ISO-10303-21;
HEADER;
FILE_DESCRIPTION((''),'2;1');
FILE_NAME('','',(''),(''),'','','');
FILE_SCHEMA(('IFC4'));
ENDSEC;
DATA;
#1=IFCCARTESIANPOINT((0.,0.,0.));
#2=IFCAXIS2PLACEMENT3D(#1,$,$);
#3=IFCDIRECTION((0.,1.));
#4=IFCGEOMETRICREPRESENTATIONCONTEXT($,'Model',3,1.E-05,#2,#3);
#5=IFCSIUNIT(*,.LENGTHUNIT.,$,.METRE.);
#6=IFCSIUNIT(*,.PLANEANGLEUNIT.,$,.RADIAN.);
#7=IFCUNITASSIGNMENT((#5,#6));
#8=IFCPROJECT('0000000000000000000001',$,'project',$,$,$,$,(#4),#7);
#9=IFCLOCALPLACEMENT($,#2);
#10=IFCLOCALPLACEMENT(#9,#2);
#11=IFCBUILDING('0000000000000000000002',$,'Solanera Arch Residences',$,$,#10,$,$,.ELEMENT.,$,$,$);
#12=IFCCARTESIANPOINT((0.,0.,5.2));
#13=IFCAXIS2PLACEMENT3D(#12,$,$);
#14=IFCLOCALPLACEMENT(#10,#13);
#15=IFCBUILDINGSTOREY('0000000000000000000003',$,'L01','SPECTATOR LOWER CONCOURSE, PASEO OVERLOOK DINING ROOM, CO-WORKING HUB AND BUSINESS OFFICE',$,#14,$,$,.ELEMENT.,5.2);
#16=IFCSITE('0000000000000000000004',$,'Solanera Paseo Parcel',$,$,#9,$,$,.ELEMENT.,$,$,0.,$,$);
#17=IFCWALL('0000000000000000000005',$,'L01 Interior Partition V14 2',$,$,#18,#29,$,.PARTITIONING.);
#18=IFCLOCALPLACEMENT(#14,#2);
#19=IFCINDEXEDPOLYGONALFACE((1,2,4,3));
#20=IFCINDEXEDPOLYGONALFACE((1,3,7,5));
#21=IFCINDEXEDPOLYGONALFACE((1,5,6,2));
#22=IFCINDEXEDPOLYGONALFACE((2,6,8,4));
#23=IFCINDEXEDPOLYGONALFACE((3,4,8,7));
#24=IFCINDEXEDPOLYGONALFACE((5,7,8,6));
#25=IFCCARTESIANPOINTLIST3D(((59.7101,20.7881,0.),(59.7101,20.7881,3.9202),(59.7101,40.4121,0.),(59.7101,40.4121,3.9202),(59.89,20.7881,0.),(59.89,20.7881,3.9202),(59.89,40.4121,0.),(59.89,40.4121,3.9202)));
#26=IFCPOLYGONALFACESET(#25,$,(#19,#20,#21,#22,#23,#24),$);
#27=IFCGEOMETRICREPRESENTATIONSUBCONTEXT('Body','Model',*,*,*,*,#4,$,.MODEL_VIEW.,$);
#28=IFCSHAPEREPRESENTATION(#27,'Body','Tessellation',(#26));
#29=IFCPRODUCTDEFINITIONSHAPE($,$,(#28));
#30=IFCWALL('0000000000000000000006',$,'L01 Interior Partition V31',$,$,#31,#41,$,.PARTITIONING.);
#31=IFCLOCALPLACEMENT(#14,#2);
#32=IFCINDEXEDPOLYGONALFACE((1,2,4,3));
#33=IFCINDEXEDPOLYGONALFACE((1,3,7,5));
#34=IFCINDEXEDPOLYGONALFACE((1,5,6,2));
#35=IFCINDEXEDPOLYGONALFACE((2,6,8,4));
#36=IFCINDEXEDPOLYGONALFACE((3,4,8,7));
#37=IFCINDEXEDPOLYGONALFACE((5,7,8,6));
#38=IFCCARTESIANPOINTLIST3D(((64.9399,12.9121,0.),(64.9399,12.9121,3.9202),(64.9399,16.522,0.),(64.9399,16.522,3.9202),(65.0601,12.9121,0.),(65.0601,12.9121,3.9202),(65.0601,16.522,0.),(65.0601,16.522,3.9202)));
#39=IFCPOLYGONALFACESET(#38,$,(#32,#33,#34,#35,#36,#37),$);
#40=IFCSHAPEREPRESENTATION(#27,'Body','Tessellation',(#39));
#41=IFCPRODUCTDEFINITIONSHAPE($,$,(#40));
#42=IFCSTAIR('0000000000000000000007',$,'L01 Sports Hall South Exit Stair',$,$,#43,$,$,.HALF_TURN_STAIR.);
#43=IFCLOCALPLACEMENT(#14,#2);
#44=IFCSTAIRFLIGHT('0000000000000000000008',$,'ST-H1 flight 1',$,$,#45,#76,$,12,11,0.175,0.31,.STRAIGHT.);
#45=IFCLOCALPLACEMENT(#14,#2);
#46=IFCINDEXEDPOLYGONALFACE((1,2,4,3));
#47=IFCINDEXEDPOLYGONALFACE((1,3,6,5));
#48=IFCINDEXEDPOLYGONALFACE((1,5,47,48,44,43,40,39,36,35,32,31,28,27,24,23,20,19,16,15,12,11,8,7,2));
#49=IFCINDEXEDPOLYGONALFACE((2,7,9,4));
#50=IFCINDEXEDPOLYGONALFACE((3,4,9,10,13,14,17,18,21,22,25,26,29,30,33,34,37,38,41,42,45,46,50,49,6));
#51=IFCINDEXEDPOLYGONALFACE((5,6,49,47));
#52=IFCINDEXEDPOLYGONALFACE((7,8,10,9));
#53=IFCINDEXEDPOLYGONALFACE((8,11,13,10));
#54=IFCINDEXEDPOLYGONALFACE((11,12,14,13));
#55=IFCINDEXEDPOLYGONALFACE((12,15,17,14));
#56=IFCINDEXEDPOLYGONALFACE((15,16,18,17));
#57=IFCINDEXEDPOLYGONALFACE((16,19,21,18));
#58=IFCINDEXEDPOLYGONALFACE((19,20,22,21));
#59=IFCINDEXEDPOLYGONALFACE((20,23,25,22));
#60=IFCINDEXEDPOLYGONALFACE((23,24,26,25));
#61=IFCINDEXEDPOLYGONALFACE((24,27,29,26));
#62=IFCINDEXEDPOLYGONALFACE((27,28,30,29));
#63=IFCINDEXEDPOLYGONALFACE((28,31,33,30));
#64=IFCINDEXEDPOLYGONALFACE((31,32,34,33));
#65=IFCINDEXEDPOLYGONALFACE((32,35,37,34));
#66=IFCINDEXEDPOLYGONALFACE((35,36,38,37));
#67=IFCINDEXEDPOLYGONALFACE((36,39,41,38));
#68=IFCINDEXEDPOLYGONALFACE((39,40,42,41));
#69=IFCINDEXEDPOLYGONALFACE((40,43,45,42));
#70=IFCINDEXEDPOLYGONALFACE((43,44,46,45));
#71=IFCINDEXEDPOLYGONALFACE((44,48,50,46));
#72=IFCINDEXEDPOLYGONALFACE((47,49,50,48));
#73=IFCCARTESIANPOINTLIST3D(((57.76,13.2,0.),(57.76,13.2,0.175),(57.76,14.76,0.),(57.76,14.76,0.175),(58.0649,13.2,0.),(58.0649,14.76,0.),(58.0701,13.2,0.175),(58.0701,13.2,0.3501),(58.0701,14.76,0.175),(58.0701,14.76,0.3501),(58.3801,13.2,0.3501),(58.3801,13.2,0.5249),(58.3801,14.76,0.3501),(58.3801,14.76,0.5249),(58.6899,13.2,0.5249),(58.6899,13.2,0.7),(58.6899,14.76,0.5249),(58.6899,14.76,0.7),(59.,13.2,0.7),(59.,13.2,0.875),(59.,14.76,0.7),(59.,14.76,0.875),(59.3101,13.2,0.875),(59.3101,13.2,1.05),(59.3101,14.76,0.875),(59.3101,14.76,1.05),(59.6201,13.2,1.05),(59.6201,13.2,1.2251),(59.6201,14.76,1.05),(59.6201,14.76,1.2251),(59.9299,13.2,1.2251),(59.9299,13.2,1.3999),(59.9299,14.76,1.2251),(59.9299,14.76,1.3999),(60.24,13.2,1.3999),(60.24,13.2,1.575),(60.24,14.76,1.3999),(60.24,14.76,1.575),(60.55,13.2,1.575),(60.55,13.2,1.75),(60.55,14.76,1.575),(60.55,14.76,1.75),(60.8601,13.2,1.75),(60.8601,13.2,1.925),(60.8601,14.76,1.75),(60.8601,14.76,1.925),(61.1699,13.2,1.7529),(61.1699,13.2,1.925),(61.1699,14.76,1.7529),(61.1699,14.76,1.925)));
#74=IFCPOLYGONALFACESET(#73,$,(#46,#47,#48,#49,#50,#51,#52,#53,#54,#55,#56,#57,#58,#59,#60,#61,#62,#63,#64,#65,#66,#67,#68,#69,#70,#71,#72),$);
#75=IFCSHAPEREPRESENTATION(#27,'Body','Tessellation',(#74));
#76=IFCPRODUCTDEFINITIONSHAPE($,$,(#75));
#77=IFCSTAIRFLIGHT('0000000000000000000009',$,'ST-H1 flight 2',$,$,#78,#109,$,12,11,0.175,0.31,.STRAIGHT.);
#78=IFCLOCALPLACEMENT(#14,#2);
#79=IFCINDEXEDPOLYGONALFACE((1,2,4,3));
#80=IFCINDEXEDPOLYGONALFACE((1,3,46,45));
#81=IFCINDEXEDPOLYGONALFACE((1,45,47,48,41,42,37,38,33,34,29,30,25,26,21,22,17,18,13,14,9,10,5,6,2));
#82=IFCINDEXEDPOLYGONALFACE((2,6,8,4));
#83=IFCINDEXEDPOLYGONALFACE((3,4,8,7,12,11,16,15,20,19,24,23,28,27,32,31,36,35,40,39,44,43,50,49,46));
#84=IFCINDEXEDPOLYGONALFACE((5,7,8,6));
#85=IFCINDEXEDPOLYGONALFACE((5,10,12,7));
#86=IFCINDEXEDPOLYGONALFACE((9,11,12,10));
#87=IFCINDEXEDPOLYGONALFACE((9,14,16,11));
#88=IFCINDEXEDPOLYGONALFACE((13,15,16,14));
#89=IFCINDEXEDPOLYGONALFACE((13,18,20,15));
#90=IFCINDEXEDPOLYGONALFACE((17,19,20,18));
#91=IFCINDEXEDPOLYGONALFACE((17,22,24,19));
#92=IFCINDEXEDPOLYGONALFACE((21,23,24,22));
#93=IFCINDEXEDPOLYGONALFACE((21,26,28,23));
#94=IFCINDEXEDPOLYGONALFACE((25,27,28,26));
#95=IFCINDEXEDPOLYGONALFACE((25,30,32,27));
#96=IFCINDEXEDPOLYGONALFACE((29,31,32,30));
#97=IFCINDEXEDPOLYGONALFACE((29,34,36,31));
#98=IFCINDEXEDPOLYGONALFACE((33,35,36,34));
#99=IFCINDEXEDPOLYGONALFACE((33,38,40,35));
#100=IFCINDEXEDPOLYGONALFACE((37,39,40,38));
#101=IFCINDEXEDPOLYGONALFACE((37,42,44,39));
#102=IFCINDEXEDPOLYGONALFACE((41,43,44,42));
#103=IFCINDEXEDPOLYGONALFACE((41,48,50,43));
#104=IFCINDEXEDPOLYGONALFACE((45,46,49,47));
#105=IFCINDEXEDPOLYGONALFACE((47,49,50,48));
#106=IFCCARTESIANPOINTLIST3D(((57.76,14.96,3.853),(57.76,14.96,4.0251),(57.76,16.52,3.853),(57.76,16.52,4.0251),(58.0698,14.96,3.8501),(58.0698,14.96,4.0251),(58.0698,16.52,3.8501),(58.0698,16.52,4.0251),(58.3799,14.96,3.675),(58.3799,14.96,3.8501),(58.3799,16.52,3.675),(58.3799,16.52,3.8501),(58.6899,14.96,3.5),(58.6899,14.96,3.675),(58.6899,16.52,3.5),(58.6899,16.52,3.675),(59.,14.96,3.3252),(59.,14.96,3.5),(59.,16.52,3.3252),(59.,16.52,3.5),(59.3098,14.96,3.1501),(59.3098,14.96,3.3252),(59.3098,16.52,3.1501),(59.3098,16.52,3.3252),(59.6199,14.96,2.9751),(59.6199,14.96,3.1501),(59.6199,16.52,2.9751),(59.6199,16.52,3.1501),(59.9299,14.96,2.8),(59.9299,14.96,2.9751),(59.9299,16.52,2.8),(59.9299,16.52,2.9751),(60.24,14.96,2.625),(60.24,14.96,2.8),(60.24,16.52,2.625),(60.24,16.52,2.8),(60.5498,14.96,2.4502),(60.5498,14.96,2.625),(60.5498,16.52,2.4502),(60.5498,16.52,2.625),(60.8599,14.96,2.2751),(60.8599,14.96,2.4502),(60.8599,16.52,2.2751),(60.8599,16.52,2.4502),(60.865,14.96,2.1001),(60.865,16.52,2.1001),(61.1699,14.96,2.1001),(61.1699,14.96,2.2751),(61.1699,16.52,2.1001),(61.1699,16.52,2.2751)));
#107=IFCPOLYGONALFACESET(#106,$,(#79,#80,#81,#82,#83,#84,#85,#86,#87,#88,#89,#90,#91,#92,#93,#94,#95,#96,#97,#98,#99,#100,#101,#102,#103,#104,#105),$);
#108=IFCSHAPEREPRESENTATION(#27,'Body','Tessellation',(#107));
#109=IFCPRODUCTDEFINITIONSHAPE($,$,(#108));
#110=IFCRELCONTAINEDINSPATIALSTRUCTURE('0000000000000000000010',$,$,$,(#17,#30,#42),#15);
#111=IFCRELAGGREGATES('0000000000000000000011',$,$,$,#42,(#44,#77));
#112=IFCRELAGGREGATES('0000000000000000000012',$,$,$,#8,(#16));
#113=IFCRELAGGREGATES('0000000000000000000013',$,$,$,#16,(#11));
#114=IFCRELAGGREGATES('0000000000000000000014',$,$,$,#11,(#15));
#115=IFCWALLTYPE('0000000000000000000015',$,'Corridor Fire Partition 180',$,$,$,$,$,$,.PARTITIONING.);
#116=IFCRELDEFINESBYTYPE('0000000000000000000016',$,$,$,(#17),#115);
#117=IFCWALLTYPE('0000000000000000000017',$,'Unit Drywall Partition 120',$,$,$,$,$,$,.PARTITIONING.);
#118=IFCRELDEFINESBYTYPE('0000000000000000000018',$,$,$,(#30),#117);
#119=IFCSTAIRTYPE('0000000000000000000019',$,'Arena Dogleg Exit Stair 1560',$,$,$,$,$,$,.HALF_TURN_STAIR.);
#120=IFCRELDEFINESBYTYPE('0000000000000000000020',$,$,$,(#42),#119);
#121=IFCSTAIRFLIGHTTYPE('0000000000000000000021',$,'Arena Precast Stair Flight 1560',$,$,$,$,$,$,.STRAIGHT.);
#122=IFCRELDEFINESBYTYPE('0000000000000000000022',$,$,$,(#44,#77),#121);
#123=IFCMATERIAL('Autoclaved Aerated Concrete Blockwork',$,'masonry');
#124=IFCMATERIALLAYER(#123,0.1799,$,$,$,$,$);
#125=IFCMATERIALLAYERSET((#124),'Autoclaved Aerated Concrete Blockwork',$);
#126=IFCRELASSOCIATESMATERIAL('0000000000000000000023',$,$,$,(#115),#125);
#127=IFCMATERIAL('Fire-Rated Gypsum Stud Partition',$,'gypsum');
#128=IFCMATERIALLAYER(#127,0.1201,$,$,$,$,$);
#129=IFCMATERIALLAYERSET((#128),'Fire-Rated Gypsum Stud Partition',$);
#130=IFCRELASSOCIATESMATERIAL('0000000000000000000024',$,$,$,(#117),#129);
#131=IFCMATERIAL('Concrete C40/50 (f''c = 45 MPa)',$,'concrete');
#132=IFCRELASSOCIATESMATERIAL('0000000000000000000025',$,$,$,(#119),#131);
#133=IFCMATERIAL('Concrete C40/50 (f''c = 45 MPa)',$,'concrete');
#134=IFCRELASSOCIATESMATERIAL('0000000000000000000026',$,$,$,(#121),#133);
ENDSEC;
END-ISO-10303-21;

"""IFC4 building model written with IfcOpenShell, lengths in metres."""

from ifc_helpers import new_model, si_unit, direction, frame, frame_2d, origin, place, context, subcontext, project, spatial, polyline, rectangle, outline, extrude, material, layer, layer_set, type_object, element, aggregate, save


model = new_model("IFC4")

# Units and contexts
model_context = context("Model", 3, precision=1e-05, world=origin(), true_north=direction((0.0, 1.0)))
body_context = subcontext(model_context, "Body", "Model", "MODEL_VIEW")
ifc_project = project(units=[si_unit("LENGTHUNIT", "METRE"), si_unit("PLANEANGLEUNIT", "RADIAN")], contexts=[model_context])

# Site, building, storey
site_placement = place(None, origin())
site = spatial("IfcSite", under=ifc_project, at=site_placement, Name="Solanera Paseo Parcel", CompositionType="ELEMENT", RefElevation=0.0)
building_placement = place(site_placement, origin())
building = spatial("IfcBuilding", under=site, at=building_placement, Name="Solanera Arch Residences", CompositionType="ELEMENT")
storey_placement = place(building_placement, frame((0.0, 0.0, 5.2)))
storey = spatial("IfcBuildingStorey", under=building, at=storey_placement, Name="L01", Description="SPECTATOR LOWER CONCOURSE, PASEO OVERLOOK DINING ROOM, CO-WORKING HUB AND BUSINESS OFFICE", CompositionType="ELEMENT", Elevation=5.2)

# Shared definitions
ifc_material_1 = material(Name="Autoclaved Aerated Concrete Blockwork", Category="masonry")
ifc_layer_1 = layer(ifc_material_1, 0.1799)
ifc_layer_set_1 = layer_set([ifc_layer_1], Name="Autoclaved Aerated Concrete Blockwork")
wall_type_1 = type_object("IfcWallType", Name="Corridor Fire Partition 180", PredefinedType="PARTITIONING", material=ifc_layer_set_1)

# Walls
wall_1_placement = place(storey_placement, frame((59.8, 20.7881, 0.0), z_axis=(0.0, 0.0, 1.0), x_axis=(0.0, 1.0, 0.0)))
element("IfcWall", 1, at=wall_1_placement, inside=storey, type_object=wall_type_1, Name="L01 Interior Partition V14 2", PredefinedType="PARTITIONING", context=body_context, shape_type="SweptSolid", body=[
    extrude(rectangle(XDim=19.624, YDim=0.1799, at=frame_2d((9.812, 0.0))), origin(), (0.0, 0.0, 1.0), 3.9202),
])
ifc_material_2 = material(Name="Fire-Rated Gypsum Stud Partition", Category="gypsum")
ifc_layer_2 = layer(ifc_material_2, 0.1201)
ifc_layer_set_2 = layer_set([ifc_layer_2], Name="Fire-Rated Gypsum Stud Partition")
wall_type_2 = type_object("IfcWallType", Name="Unit Drywall Partition 120", PredefinedType="PARTITIONING", material=ifc_layer_set_2)
wall_2_placement = place(storey_placement, frame((65.0, 12.9121, 0.0), z_axis=(0.0, 0.0, 1.0), x_axis=(0.0, 1.0, 0.0)))
element("IfcWall", 2, at=wall_2_placement, inside=storey, type_object=wall_type_2, Name="L01 Interior Partition V31", PredefinedType="PARTITIONING", context=body_context, shape_type="SweptSolid", body=[
    extrude(rectangle(XDim=3.6099, YDim=0.1201, at=frame_2d((1.8049, 0.0))), origin(), (0.0, 0.0, 1.0), 3.9202),
])

# Stair, stair flights
ifc_material_3 = material(Name="Concrete C40/50 (f'c = 45 MPa)", Category="concrete")
stair_type = type_object("IfcStairType", Name="Arena Dogleg Exit Stair 1560", PredefinedType="HALF_TURN_STAIR", material=ifc_material_3)
stair_placement = place(storey_placement, origin())
stair = element("IfcStair", 3, at=stair_placement, inside=storey, type_object=stair_type, Name="L01 Sports Hall South Exit Stair", PredefinedType="HALF_TURN_STAIR")
ifc_material_4 = material(Name="Concrete C40/50 (f'c = 45 MPa)", Category="concrete")
stair_flight_type = type_object("IfcStairFlightType", Name="Arena Precast Stair Flight 1560", PredefinedType="STRAIGHT", material=ifc_material_4)
stair_flight_1_placement = place(storey_placement, frame((57.76, 13.98, 0.0), z_axis=(0.0, 0.0, 1.0), x_axis=(1.0, 0.0, 0.0)))
stair_flight_1 = element("IfcStairFlight", 4, at=stair_flight_1_placement, type_object=stair_flight_type, Name="ST-H1 flight 1", NumberOfRisers=12, NumberOfTreads=11, PredefinedType="STRAIGHT", RiserHeight=0.175, TreadLength=0.31, context=body_context, shape_type="SweptSolid", body=[
    extrude(outline(polyline([(0.0, 0.0), (0.0, 0.175), (0.3101, 0.175), (0.3101, 0.3501), (0.6201, 0.3501), (0.6201, 0.5249), (0.9299, 0.5249), (0.9299, 0.7), (1.24, 0.7), (1.24, 0.875), (1.55, 0.875), (1.55, 1.05), (1.8601, 1.05), (1.8601, 1.2251), (2.1699, 1.2251), (2.1699, 1.3999), (2.48, 1.3999), (2.48, 1.575), (2.79, 1.575), (2.79, 1.75), (3.1001, 1.75), (3.1001, 1.925), (3.4099, 1.925), (3.4099, 2.1001), (3.4099, 1.7529), (0.3049, 0.0), (0.0, 0.0)])), frame((0.0, 0.78, 0.0), z_axis=(0.0, -1.0, 0.0), x_axis=(1.0, 0.0, 0.0)), (0.0, 0.0, 1.0), 1.5601),
])
stair_flight_2_placement = place(storey_placement, frame((61.1699, 15.74, 2.1001), z_axis=(0.0, 0.0, 1.0), x_axis=(-1.0, 0.0, 0.0)))
stair_flight_2 = element("IfcStairFlight", 5, at=stair_flight_2_placement, type_object=stair_flight_type, Name="ST-H1 flight 2", NumberOfRisers=12, NumberOfTreads=11, PredefinedType="STRAIGHT", RiserHeight=0.175, TreadLength=0.31, context=body_context, shape_type="SweptSolid", body=[
    extrude(outline(polyline([(0.0, 0.0), (0.0, 0.175), (0.3101, 0.175), (0.3101, 0.3501), (0.6201, 0.3501), (0.6201, 0.5249), (0.9299, 0.5249), (0.9299, 0.7), (1.24, 0.7), (1.24, 0.875), (1.55, 0.875), (1.55, 1.05), (1.8601, 1.05), (1.8601, 1.2251), (2.1699, 1.2251), (2.1699, 1.3999), (2.48, 1.3999), (2.48, 1.575), (2.79, 1.575), (2.79, 1.75), (3.1001, 1.75), (3.1001, 1.925), (3.4099, 1.925), (3.4099, 2.1001), (3.4099, 1.7529), (0.3049, 0.0), (0.0, 0.0)])), frame((0.0, 0.78, 0.0), z_axis=(0.0, -1.0, 0.0), x_axis=(1.0, 0.0, 0.0)), (0.0, 0.0, 1.0), 1.5601),
])
aggregate(stair, [stair_flight_1, stair_flight_2])

save(model, "model.ifc")
